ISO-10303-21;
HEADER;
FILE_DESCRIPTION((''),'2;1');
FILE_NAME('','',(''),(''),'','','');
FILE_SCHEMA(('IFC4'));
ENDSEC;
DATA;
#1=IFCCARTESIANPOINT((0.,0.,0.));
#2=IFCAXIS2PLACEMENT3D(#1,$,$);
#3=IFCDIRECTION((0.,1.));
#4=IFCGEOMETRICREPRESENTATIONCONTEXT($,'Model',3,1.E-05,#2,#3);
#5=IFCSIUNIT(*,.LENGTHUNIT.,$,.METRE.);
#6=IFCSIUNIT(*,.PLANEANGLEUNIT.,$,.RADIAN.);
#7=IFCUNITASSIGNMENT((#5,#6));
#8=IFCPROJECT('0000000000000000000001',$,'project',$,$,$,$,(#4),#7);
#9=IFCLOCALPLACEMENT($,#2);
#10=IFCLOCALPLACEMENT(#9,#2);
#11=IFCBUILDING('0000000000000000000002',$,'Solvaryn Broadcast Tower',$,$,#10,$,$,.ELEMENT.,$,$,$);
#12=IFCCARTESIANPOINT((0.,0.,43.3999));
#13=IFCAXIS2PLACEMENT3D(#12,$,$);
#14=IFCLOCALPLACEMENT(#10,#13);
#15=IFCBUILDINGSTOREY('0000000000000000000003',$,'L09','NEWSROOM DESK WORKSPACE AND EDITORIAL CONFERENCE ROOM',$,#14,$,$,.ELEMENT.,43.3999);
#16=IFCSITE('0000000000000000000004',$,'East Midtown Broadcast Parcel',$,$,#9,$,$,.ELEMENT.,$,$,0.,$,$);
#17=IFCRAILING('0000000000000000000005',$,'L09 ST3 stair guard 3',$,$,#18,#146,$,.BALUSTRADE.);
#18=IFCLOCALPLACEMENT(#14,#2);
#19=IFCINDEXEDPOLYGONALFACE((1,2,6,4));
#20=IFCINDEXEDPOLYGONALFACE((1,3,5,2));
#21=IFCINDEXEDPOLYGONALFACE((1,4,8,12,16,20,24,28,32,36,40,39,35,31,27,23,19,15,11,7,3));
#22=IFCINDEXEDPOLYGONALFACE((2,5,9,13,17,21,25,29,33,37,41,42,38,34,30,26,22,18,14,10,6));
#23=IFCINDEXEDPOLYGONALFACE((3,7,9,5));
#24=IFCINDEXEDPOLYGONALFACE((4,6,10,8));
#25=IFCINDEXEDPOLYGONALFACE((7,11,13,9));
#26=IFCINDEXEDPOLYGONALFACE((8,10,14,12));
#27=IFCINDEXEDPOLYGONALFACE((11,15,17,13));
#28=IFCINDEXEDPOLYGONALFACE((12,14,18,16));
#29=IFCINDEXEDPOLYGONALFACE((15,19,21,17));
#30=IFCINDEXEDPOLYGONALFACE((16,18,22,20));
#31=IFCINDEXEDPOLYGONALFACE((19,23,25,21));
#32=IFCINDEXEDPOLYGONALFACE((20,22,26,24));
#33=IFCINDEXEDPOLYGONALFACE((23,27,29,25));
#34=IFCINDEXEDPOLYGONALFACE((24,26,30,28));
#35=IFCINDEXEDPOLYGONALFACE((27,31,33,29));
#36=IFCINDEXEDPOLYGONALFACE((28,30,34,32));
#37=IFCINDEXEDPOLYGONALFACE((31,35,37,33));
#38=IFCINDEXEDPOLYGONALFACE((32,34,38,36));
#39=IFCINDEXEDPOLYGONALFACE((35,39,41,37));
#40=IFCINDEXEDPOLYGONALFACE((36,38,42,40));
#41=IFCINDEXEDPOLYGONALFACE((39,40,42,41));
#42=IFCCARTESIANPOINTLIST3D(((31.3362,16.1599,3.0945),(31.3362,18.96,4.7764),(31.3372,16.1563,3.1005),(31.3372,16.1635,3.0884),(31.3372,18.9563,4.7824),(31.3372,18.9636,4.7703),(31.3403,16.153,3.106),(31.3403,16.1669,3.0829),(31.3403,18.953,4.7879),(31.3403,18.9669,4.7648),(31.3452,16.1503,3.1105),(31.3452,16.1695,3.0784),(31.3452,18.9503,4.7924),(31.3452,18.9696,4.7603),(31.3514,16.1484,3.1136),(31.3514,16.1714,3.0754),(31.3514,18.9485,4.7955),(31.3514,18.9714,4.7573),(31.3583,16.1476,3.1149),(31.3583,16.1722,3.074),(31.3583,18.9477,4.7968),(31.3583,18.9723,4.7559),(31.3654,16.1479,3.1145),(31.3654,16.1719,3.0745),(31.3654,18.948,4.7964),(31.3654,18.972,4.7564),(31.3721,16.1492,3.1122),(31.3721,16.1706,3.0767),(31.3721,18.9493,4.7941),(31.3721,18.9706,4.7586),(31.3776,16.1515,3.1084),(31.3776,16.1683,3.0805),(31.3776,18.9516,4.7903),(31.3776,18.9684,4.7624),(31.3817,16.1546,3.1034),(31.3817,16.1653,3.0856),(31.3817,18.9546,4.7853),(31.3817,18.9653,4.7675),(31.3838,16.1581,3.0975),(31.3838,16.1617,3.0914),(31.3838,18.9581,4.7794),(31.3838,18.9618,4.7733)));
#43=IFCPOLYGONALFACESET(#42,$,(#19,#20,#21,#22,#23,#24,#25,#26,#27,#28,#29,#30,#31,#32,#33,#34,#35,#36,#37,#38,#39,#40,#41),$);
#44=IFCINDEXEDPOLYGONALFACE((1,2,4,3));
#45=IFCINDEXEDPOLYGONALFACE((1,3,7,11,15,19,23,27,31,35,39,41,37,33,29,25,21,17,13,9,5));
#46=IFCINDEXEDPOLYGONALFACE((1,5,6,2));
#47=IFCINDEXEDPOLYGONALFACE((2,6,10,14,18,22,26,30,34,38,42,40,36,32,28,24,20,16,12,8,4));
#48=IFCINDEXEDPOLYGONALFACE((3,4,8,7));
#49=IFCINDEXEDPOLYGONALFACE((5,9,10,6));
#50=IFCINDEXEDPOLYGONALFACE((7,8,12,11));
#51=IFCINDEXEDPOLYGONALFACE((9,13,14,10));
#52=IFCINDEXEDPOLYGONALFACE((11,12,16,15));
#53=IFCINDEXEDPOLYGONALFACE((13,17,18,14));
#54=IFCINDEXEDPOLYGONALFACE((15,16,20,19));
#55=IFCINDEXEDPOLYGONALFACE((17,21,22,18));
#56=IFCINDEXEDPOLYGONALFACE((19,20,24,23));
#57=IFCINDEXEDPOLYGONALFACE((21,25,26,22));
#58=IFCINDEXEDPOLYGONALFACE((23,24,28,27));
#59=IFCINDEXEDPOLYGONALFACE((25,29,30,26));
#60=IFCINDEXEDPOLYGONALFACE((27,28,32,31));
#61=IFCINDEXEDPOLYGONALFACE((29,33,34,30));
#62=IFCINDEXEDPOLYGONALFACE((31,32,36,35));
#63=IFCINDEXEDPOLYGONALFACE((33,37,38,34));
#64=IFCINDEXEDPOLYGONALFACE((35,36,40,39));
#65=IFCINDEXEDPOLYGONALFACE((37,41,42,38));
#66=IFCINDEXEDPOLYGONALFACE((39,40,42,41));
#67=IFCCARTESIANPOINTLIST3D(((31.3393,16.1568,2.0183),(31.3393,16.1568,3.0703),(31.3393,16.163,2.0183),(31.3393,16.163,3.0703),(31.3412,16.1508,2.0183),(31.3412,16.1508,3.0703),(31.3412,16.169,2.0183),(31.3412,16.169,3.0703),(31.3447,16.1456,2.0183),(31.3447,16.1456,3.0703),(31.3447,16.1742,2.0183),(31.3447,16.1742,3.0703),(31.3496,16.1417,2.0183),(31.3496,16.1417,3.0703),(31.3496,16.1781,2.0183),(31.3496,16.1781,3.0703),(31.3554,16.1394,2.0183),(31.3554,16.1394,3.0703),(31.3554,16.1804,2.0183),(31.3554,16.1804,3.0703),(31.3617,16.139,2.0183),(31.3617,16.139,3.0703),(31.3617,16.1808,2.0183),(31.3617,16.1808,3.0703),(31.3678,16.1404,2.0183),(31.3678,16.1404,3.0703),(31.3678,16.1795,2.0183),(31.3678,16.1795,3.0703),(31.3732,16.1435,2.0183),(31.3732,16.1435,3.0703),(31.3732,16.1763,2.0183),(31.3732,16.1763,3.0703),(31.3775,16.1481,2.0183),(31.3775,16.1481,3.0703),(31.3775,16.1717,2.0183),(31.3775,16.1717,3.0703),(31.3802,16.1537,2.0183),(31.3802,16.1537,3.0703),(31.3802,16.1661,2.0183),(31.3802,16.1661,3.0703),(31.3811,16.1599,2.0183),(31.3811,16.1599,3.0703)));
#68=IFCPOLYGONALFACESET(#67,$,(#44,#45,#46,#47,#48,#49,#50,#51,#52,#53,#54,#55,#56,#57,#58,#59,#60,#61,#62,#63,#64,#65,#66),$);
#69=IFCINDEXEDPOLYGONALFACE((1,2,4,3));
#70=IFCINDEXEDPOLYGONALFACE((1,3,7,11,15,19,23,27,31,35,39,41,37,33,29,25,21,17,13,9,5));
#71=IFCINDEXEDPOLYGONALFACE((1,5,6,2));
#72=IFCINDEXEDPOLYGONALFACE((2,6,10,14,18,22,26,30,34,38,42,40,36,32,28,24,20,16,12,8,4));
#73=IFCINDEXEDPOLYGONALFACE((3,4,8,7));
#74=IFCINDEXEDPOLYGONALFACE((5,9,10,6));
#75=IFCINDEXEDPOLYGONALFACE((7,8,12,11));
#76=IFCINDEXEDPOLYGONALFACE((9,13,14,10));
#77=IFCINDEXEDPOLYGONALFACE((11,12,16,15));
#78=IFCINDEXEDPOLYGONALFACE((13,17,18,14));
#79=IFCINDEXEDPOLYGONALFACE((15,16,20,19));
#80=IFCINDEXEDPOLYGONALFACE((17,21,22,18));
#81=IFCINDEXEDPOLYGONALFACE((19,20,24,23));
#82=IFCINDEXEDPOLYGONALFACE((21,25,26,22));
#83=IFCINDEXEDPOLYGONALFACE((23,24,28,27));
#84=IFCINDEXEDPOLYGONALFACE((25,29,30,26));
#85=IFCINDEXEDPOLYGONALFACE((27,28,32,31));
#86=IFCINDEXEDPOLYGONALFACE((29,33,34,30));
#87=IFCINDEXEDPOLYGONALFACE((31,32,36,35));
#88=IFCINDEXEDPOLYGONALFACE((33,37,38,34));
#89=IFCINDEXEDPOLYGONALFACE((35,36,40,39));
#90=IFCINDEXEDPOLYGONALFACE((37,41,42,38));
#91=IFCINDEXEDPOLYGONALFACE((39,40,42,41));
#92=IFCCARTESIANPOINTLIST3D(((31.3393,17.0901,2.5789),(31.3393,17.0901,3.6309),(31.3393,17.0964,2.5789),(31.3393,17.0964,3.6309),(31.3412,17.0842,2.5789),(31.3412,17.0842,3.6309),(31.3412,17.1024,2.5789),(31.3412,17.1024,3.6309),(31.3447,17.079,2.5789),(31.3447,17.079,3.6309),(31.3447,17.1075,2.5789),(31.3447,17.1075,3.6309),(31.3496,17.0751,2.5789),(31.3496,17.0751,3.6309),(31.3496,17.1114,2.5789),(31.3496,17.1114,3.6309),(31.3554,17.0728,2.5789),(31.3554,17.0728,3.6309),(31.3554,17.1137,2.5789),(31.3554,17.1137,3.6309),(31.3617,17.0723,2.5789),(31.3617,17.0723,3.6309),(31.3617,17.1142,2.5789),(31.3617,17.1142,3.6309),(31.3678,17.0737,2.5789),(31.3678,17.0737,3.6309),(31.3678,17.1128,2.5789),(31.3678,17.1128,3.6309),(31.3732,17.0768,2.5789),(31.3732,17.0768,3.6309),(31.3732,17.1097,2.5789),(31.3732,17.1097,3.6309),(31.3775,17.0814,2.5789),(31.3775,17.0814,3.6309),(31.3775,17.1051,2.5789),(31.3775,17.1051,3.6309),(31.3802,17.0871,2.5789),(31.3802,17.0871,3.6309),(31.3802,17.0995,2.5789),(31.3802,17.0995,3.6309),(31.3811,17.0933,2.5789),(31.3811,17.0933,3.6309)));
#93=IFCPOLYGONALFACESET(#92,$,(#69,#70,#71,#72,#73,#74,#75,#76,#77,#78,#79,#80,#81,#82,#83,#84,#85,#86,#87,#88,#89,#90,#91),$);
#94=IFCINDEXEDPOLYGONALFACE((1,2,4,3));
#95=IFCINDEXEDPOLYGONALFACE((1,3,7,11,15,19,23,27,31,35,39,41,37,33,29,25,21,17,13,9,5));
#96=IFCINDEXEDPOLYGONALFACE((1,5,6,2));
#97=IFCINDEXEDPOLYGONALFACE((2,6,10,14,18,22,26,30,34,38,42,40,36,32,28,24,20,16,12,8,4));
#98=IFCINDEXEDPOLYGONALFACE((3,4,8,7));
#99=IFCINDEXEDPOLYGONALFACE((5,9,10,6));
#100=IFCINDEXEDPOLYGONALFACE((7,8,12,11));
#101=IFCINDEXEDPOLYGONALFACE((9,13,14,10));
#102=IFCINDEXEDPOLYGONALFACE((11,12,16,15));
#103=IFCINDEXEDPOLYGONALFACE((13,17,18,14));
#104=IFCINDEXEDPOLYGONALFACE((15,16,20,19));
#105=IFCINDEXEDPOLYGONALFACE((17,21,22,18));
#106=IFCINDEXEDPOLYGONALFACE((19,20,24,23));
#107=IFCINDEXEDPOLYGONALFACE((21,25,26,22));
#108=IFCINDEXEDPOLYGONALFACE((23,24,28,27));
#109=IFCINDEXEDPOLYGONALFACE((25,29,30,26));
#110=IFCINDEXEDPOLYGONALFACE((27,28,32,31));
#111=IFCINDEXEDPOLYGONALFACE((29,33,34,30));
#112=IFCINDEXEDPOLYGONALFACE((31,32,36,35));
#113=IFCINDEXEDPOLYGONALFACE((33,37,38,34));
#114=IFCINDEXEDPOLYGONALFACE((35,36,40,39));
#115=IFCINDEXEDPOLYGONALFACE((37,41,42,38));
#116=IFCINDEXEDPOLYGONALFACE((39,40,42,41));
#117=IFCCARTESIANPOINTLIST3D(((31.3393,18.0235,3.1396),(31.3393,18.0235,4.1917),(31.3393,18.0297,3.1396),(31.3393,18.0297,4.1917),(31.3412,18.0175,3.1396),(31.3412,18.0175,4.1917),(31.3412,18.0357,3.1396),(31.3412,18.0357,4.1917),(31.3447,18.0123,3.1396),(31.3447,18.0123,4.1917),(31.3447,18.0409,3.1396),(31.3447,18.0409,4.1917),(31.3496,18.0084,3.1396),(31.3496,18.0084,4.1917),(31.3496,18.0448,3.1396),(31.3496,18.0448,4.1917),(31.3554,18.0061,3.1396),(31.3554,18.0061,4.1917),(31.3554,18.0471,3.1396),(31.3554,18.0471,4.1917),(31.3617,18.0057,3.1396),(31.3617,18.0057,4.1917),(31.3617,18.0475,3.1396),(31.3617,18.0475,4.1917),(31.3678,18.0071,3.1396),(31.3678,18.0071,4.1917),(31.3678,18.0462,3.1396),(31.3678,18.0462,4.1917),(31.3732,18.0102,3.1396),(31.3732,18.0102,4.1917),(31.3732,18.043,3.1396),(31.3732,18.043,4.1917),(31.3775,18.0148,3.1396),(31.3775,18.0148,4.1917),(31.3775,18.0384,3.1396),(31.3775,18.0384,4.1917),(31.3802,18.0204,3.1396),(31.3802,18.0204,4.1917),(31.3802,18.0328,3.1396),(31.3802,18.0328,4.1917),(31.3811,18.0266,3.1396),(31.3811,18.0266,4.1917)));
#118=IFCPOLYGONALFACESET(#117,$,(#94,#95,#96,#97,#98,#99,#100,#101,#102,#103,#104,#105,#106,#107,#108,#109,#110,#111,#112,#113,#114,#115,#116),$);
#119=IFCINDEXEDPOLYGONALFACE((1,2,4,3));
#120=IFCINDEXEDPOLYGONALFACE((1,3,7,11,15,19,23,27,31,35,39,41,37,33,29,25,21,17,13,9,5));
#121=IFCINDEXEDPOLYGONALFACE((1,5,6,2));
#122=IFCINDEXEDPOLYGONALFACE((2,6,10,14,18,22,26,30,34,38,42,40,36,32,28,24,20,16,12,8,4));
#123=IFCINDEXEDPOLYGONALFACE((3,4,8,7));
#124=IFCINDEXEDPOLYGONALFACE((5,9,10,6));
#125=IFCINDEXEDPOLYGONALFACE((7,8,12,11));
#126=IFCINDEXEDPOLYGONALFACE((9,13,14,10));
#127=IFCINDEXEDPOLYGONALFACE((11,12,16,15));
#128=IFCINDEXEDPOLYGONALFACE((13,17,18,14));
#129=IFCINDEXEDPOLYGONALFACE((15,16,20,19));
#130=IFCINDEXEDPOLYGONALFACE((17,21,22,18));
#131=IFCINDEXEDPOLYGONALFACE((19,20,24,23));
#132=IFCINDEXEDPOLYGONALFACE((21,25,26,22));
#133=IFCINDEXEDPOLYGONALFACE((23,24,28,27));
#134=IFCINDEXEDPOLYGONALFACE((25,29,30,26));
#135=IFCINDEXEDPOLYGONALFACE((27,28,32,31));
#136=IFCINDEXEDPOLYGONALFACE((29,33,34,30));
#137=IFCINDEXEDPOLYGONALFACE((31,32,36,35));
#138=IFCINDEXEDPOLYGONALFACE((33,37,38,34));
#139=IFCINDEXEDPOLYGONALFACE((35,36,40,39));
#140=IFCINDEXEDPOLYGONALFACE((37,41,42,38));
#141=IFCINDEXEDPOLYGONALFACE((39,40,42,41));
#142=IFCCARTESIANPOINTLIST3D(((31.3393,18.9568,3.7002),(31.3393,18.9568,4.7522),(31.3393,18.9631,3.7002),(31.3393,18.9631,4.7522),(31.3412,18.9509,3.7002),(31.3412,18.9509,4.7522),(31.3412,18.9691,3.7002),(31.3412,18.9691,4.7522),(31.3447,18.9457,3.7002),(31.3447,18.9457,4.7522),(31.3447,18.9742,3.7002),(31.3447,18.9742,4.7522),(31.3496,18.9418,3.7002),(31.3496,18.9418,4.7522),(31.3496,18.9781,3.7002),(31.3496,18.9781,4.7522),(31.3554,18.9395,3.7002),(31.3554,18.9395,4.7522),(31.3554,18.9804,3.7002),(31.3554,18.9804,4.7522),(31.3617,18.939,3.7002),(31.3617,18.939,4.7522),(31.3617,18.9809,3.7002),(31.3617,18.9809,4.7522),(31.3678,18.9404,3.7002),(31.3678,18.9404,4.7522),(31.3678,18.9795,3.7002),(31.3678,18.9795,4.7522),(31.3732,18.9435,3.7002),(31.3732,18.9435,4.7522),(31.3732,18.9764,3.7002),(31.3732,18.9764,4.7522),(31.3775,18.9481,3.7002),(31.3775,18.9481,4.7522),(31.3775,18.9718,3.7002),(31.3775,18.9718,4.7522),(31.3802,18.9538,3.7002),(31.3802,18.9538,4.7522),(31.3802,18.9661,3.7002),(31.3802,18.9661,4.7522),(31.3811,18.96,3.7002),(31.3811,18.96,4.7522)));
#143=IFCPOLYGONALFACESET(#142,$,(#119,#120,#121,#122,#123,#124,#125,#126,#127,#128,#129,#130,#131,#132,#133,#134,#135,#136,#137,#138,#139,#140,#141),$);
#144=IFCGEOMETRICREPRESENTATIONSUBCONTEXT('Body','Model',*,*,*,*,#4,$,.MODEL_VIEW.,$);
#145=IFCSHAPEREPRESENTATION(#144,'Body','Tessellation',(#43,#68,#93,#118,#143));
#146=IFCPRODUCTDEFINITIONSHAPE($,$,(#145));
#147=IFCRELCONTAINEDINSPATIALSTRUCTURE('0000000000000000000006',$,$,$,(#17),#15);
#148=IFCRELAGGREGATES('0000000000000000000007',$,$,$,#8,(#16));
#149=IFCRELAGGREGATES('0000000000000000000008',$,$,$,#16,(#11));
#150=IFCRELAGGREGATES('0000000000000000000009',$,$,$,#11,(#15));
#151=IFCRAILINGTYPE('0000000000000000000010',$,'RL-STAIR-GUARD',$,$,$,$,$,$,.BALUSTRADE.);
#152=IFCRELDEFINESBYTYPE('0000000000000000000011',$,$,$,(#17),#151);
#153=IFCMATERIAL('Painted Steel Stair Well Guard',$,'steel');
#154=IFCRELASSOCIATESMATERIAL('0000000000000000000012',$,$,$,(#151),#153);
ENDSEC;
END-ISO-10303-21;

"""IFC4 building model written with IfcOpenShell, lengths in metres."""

from ifc_helpers import new_model, si_unit, direction, frame, origin, origin_2d, place, context, subcontext, project, spatial, circle, extrude, material, type_object, element, save


model = new_model("IFC4")

# Units and contexts
model_context = context("Model", 3, precision=1e-05, world=origin(), true_north=direction((0.0, 1.0)))
body_context = subcontext(model_context, "Body", "Model", "MODEL_VIEW")
ifc_project = project(units=[si_unit("LENGTHUNIT", "METRE"), si_unit("PLANEANGLEUNIT", "RADIAN")], contexts=[model_context])

# Site, building, storey
site_placement = place(None, origin())
site = spatial("IfcSite", under=ifc_project, at=site_placement, Name="East Midtown Broadcast Parcel", CompositionType="ELEMENT", RefElevation=0.0)
building_placement = place(site_placement, origin())
building = spatial("IfcBuilding", under=site, at=building_placement, Name="Solvaryn Broadcast Tower", CompositionType="ELEMENT")
storey_placement = place(building_placement, frame((0.0, 0.0, 43.3999)))
storey = spatial("IfcBuildingStorey", under=building, at=storey_placement, Name="L09", Description="NEWSROOM DESK WORKSPACE AND EDITORIAL CONFERENCE ROOM", CompositionType="ELEMENT", Elevation=43.3999)

# Railing
ifc_material_1 = material(Name="Painted Steel Stair Well Guard", Category="steel")
railing_type_1 = type_object("IfcRailingType", Name="RL-STAIR-GUARD", PredefinedType="BALUSTRADE", material=ifc_material_1)
railing_1_placement = place(storey_placement, frame((31.3601, 16.1599, 2.0183)))
element("IfcRailing", 1, at=railing_1_placement, inside=storey, type_object=railing_type_1, Name="L09 ST3 stair guard 3", PredefinedType="BALUSTRADE", context=body_context, shape_type="SweptSolid", body=[
    extrude(circle(Radius=0.0239, at=origin_2d()), frame((0.0, 0.0, 1.0762), z_axis=(0.0, 0.857242, 0.514913), x_axis=(-1.0, 0.0, 0.0)), (0.0, 0.0, 1.0), 3.2664),
    extrude(circle(Radius=0.021, at=origin_2d()), origin(), (0.0, 0.0, 1.0), 1.052),
    extrude(circle(Radius=0.021, at=origin_2d()), frame((0.0, 0.9333, 0.5605)), (0.0, 0.0, 1.0), 1.052),
    extrude(circle(Radius=0.021, at=origin_2d()), frame((0.0, 1.8667, 1.1213)), (0.0, 0.0, 1.0), 1.052),
    extrude(circle(Radius=0.021, at=origin_2d()), frame((0.0, 2.8, 1.6819)), (0.0, 0.0, 1.0), 1.052),
])

save(model, "model.ifc")
